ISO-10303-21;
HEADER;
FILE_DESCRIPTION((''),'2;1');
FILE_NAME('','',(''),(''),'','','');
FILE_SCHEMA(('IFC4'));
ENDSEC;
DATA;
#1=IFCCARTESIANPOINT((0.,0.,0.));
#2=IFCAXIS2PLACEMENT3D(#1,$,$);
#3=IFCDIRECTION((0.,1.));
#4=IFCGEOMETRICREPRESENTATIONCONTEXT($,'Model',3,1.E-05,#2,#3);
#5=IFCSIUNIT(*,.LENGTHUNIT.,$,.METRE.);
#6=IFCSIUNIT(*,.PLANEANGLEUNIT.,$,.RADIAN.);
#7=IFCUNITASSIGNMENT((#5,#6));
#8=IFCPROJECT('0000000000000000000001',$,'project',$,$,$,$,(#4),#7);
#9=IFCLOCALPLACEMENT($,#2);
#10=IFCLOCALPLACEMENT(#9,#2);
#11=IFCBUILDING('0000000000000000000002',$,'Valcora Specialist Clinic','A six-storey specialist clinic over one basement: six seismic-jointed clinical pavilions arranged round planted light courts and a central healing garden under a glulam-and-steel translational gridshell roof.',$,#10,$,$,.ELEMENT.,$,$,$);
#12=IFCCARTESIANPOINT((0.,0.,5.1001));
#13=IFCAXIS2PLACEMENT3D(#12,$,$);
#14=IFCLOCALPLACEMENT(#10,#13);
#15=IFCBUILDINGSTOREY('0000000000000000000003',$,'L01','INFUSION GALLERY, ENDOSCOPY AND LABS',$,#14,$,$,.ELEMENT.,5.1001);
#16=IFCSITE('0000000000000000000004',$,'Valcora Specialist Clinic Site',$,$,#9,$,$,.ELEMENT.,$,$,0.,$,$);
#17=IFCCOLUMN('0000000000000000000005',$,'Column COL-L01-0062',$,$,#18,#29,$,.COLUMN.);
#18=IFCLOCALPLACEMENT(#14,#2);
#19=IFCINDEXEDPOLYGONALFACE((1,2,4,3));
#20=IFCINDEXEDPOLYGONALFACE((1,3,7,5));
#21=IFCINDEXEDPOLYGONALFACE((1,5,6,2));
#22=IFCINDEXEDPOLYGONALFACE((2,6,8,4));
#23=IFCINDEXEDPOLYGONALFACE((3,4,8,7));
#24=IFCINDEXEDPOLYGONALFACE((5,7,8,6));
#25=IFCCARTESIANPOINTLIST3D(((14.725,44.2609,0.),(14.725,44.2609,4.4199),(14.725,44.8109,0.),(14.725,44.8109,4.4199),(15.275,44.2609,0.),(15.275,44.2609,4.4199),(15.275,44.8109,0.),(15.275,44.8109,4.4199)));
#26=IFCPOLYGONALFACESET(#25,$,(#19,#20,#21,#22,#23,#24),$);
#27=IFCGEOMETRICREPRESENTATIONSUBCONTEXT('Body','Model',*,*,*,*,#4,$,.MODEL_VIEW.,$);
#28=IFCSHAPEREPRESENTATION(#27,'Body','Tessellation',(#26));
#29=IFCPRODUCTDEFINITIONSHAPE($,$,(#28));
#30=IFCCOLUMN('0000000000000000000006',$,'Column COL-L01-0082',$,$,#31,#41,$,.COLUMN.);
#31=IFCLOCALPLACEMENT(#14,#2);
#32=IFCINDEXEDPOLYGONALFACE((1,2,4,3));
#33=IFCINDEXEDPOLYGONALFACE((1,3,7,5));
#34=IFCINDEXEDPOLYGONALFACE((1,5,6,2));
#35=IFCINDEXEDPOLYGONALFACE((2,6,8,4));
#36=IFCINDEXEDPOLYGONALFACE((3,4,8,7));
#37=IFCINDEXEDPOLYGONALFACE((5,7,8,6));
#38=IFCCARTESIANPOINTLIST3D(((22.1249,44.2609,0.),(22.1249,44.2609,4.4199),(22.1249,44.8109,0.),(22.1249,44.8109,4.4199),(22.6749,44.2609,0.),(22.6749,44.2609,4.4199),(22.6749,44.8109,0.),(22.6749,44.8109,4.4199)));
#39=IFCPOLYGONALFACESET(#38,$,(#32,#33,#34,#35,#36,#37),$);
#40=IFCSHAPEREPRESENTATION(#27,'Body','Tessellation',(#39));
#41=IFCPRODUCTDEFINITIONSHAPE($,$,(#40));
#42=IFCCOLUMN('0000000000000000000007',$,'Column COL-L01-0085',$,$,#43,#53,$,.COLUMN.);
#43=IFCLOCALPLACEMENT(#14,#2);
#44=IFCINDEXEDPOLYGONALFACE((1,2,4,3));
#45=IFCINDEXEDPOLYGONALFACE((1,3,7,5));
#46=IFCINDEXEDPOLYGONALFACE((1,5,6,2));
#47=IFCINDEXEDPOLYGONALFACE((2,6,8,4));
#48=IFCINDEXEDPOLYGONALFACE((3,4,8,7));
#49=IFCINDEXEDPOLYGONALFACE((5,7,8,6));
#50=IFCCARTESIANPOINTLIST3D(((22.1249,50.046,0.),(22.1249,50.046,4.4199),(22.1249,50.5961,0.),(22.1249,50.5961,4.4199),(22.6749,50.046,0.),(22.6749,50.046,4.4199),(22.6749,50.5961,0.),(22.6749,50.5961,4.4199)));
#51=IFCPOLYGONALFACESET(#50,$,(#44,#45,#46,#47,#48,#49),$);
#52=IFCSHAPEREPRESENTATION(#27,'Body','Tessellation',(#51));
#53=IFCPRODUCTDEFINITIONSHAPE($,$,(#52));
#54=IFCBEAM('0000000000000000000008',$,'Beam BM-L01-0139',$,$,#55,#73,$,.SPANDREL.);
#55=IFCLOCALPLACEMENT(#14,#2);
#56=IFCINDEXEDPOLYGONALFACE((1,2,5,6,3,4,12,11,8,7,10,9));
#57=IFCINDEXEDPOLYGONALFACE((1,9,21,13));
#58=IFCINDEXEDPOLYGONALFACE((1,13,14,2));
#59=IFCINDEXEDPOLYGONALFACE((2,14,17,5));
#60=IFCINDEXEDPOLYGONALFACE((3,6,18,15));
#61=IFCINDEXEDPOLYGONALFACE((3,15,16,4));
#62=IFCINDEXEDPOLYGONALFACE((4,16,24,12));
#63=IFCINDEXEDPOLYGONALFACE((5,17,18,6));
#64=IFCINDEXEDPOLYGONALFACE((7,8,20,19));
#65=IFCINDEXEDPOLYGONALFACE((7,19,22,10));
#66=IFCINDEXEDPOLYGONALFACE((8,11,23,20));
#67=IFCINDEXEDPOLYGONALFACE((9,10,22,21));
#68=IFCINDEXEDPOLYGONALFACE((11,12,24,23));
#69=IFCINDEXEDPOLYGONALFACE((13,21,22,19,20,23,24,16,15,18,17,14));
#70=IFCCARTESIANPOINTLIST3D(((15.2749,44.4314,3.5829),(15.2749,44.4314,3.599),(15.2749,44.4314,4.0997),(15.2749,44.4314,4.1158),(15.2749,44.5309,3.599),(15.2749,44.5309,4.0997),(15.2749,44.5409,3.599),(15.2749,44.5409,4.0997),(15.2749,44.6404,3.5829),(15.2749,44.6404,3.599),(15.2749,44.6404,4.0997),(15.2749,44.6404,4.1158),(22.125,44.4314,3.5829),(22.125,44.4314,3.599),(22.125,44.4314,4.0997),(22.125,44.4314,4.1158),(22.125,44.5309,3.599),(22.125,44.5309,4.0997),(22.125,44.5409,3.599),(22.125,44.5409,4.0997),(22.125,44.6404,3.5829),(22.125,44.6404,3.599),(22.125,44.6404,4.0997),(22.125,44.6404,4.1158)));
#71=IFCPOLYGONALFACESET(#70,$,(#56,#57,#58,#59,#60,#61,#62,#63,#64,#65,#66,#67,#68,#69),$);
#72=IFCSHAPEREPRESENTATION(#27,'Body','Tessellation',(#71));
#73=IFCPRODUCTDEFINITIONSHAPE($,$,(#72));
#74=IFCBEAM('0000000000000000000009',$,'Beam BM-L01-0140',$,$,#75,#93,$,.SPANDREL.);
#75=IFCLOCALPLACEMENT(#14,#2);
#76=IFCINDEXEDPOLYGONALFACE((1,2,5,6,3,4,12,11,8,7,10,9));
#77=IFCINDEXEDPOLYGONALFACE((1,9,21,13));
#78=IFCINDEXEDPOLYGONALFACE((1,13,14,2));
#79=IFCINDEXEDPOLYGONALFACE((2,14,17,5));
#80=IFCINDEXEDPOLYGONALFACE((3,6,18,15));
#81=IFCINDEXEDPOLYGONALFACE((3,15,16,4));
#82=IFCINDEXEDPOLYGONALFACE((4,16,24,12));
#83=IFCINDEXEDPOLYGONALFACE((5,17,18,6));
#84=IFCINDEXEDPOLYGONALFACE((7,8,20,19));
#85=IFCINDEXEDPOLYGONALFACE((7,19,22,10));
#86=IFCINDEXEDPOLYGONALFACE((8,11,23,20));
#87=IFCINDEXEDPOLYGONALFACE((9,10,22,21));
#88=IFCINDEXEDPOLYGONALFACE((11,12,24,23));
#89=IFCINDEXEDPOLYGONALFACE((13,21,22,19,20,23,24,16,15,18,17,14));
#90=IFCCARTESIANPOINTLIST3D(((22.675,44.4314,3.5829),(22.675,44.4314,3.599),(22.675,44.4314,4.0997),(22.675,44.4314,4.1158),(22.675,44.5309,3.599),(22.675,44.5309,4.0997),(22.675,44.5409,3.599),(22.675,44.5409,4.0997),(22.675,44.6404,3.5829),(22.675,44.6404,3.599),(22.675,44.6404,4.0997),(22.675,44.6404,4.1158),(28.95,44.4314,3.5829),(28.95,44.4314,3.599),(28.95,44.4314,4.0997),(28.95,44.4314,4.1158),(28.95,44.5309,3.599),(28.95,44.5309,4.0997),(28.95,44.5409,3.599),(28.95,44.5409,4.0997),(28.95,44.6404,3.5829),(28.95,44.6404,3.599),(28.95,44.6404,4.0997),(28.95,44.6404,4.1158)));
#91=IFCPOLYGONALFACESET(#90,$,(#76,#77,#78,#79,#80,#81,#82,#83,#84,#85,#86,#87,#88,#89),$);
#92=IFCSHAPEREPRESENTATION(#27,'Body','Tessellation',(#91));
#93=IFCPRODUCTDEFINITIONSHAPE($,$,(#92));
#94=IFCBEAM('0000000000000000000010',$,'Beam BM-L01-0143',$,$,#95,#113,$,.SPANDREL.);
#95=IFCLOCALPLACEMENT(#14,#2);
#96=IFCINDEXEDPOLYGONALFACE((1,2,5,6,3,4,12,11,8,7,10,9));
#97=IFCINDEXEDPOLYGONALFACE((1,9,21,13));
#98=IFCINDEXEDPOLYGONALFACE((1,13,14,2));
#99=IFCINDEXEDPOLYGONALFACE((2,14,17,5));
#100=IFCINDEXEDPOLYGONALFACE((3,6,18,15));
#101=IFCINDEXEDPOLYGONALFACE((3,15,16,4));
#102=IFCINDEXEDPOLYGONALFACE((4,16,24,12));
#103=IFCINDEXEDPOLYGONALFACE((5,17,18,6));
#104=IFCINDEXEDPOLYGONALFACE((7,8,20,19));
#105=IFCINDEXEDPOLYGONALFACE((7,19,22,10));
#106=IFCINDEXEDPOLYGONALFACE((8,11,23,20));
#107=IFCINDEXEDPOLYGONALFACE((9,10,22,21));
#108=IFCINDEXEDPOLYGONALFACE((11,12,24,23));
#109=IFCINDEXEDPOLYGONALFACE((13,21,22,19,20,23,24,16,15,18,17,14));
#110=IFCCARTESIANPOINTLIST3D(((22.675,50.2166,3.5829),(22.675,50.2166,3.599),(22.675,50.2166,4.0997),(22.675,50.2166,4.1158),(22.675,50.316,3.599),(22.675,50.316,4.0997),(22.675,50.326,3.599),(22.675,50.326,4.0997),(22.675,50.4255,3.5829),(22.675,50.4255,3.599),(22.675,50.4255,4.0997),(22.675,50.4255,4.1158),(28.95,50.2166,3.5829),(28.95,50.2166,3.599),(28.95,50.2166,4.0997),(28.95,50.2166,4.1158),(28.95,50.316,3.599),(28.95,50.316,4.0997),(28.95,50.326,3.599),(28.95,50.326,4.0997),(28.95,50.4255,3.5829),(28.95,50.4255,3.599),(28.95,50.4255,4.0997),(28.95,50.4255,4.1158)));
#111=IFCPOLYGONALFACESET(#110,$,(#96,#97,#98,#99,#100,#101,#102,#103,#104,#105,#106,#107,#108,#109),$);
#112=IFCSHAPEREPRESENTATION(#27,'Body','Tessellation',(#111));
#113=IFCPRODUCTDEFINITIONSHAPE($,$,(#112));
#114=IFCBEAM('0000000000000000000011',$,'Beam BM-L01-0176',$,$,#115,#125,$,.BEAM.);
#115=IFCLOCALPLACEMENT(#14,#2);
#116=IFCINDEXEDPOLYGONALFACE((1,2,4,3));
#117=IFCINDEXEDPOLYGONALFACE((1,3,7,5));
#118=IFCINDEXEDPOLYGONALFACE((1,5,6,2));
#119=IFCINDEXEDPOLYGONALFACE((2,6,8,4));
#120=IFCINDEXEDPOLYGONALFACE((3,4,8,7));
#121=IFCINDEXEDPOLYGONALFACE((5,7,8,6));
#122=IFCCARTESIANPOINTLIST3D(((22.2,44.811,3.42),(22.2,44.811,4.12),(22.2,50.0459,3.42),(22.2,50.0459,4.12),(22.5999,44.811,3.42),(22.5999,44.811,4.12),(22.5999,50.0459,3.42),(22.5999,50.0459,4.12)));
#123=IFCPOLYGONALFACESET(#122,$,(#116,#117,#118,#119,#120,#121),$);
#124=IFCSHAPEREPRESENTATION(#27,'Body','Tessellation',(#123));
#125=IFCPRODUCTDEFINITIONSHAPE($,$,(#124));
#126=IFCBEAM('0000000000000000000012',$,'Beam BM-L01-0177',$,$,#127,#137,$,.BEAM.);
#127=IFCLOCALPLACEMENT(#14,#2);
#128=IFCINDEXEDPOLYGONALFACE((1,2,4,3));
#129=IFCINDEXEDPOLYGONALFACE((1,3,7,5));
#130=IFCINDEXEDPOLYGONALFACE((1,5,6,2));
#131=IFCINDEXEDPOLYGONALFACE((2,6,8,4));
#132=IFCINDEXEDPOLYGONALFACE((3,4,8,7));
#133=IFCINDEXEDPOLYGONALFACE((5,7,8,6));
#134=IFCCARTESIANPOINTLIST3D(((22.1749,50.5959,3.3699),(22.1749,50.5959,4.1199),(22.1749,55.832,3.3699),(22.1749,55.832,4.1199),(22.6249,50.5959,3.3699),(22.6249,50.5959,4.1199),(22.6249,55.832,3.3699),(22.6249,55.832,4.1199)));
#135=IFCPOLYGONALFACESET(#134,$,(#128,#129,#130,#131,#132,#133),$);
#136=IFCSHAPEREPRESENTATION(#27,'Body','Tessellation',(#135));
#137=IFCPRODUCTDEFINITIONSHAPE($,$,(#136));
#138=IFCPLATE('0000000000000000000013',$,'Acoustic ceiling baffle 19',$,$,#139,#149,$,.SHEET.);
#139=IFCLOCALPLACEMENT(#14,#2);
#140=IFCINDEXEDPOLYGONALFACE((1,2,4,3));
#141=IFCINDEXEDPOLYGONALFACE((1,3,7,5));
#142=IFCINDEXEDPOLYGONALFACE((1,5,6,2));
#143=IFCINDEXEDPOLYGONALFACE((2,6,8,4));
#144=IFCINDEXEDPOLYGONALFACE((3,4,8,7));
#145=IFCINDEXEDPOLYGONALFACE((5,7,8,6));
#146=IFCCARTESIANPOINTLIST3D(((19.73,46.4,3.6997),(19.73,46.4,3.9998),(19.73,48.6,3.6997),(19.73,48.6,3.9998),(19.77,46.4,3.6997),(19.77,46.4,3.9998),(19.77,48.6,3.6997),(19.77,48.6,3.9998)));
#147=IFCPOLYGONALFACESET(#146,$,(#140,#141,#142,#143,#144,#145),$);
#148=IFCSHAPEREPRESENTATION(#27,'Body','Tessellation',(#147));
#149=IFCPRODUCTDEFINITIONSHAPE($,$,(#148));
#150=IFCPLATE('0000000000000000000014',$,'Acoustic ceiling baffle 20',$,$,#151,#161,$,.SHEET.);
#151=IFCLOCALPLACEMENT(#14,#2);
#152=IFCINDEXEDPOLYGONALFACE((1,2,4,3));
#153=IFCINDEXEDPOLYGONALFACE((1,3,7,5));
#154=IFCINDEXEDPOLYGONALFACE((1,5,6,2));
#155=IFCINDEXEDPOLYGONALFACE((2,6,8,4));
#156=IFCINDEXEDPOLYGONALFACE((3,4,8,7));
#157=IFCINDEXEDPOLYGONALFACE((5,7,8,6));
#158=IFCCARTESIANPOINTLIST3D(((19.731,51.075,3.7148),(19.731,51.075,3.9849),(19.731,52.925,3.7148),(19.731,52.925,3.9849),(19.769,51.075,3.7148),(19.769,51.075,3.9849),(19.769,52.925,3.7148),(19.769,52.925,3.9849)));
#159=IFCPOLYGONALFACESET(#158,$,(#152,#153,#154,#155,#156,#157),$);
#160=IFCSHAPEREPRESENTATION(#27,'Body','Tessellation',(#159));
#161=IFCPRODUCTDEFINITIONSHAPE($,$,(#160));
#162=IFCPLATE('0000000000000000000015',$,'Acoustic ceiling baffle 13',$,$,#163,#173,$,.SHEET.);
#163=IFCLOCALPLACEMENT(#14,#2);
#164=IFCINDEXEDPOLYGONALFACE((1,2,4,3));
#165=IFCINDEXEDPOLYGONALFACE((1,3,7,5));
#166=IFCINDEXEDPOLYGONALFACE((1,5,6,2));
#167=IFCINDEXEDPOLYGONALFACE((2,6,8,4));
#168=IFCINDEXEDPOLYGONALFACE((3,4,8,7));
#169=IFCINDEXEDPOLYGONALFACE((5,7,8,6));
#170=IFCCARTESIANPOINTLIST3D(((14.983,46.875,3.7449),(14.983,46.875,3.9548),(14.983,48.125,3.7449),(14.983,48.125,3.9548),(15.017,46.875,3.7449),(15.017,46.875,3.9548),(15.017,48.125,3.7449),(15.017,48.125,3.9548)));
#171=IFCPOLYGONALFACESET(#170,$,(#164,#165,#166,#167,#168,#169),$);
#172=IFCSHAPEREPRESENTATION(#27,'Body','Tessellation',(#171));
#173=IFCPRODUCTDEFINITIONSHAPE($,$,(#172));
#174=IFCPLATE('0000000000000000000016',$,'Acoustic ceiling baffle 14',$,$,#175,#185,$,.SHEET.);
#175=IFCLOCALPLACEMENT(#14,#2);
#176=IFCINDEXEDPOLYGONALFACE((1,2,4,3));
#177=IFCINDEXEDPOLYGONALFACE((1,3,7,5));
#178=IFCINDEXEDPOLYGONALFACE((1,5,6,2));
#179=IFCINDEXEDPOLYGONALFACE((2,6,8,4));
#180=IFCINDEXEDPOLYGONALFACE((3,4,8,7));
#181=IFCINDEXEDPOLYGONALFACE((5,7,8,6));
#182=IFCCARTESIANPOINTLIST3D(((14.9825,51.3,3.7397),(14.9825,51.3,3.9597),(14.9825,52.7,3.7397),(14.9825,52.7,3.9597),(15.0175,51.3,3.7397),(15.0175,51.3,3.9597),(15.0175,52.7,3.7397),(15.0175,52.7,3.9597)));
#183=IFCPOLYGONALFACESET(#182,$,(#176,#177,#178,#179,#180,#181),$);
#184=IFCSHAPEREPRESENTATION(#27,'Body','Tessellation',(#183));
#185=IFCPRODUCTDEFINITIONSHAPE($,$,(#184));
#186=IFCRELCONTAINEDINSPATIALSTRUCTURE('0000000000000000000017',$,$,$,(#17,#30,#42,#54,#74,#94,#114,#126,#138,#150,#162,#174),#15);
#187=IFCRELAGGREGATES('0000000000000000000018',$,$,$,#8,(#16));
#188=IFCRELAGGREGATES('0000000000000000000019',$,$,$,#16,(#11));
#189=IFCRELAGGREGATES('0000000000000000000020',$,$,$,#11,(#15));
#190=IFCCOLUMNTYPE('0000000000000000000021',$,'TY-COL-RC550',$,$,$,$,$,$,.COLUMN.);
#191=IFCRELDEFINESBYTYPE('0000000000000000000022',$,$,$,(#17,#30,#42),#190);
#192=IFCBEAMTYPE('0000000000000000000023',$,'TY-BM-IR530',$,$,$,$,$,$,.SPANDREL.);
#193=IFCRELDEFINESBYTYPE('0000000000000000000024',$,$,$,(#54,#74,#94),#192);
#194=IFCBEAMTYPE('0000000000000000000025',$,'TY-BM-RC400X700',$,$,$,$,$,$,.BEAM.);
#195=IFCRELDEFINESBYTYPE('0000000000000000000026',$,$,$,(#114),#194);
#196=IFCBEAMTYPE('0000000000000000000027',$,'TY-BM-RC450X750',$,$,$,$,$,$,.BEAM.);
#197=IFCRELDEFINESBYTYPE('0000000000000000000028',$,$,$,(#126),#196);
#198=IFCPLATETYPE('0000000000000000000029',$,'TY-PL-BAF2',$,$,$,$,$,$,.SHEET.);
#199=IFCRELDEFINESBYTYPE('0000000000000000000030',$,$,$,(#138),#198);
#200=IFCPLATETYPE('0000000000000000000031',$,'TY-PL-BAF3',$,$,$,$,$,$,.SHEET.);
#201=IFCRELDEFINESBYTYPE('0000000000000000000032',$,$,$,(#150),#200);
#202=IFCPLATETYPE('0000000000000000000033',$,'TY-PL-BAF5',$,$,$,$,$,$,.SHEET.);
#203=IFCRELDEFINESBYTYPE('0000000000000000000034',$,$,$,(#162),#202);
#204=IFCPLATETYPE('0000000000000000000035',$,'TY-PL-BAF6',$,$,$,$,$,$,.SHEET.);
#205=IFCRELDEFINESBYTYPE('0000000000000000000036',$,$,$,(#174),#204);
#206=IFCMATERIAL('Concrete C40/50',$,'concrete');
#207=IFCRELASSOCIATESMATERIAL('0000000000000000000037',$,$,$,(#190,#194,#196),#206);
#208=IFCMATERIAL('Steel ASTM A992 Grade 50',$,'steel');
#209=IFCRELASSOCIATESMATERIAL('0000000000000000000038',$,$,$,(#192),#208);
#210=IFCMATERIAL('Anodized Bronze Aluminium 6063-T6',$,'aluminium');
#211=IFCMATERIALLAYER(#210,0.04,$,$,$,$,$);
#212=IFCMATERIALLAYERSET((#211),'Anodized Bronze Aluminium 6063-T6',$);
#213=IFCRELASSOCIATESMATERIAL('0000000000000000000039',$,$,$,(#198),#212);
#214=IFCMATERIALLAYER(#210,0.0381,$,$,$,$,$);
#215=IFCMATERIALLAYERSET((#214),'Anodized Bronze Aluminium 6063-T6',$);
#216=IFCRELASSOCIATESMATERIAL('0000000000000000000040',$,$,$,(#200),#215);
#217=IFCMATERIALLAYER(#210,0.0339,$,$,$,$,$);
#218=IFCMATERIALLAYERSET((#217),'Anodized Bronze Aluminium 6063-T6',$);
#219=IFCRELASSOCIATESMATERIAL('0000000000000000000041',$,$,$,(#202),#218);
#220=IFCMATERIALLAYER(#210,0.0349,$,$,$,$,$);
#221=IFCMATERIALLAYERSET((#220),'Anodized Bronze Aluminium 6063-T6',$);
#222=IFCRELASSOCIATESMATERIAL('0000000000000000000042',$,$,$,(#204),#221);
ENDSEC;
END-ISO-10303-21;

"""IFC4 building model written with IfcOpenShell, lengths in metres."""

from ifc_helpers import new_model, si_unit, direction, frame, origin, origin_2d, place, context, subcontext, project, spatial, rectangle, i_section, extrude, material, layer, layer_set, material_profile, profile_set, type_object, element, save


model = new_model("IFC4")

# Units and contexts
model_context = context("Model", 3, precision=1e-05, world=origin(), true_north=direction((0.0, 1.0)))
body_context = subcontext(model_context, "Body", "Model", "MODEL_VIEW")
ifc_project = project(units=[si_unit("LENGTHUNIT", "METRE"), si_unit("PLANEANGLEUNIT", "RADIAN")], contexts=[model_context])

# Site, building, storey
site_placement = place(None, origin())
site = spatial("IfcSite", under=ifc_project, at=site_placement, Name="Valcora Specialist Clinic Site", CompositionType="ELEMENT", RefElevation=0.0)
building_placement = place(site_placement, origin())
building = spatial("IfcBuilding", under=site, at=building_placement, Name="Valcora Specialist Clinic", Description="A six-storey specialist clinic over one basement: six seismic-jointed clinical pavilions arranged round planted light courts and a central healing garden under a glulam-and-steel translational gridshell roof.", CompositionType="ELEMENT")
storey_placement = place(building_placement, frame((0.0, 0.0, 5.1001)))
storey = spatial("IfcBuildingStorey", under=building, at=storey_placement, Name="L01", Description="INFUSION GALLERY, ENDOSCOPY AND LABS", CompositionType="ELEMENT", Elevation=5.1001)

# Columns
ifc_material_1 = material(Name="Concrete C40/50", Category="concrete")
ifc_material_profile_1 = material_profile(ifc_material_1, rectangle(XDim=0.55, YDim=0.55, at=origin_2d()), Name="RC-COL-550X550")
ifc_profile_set_1 = profile_set([ifc_material_profile_1], Name="Concrete C40/50")
column_type = type_object("IfcColumnType", Name="TY-COL-RC550", PredefinedType="COLUMN", material=ifc_profile_set_1)
for number, where, z_axis, x_axis, name in (
    (1, (15.0, 44.5359, 0.0), (0.0, 0.0, 1.0), (1.0, 0.0, 0.0), "Column COL-L01-0062"),
    (2, (22.3999, 44.5359, 0.0), (0.0, 0.0, 1.0), (1.0, 0.0, 0.0), "Column COL-L01-0082"),
    (3, (22.3999, 50.321, 0.0), (0.0, 0.0, 1.0), (1.0, 0.0, 0.0), "Column COL-L01-0085"),
):
    element("IfcColumn", number, at=place(storey_placement, frame(where, z_axis=z_axis, x_axis=x_axis)), inside=storey, type_object=column_type, Name=name, PredefinedType="COLUMN", context=body_context, shape_type="SweptSolid", body=[
        extrude(rectangle(XDim=0.55, YDim=0.55, at=origin_2d()), origin(), (0.0, 0.0, 1.0), 4.4199),
    ])

# Beams
ifc_material_2 = material(Name="Steel ASTM A992 Grade 50", Category="steel")
ifc_material_profile_2 = material_profile(ifc_material_2, i_section(OverallWidth=0.209, OverallDepth=0.533, WebThickness=0.01, FlangeThickness=0.0161, at=origin_2d()), Name="ST-IR-530X210")
ifc_profile_set_2 = profile_set([ifc_material_profile_2], Name="Steel ASTM A992 Grade 50")
beam_type_1 = type_object("IfcBeamType", Name="TY-BM-IR530", PredefinedType="SPANDREL", material=ifc_profile_set_2)
beam_1_placement = place(storey_placement, frame((15.2749, 44.5359, 3.8494), z_axis=(1.0, 0.0, 0.0), x_axis=(0.0, 1.0, 0.0)))
element("IfcBeam", 4, at=beam_1_placement, inside=storey, type_object=beam_type_1, Name="Beam BM-L01-0139", PredefinedType="SPANDREL", context=body_context, shape_type="SweptSolid", body=[
    extrude(i_section(OverallWidth=0.209, OverallDepth=0.533, WebThickness=0.01, FlangeThickness=0.0161, at=origin_2d()), origin(), (0.0, 0.0, 1.0), 6.8501),
])
for number, where, z_axis, x_axis, name in (
    (5, (22.675, 44.5359, 3.8494), (1.0, 0.0, 0.0), (0.0, 1.0, 0.0), "Beam BM-L01-0140"),
    (6, (22.675, 50.321, 3.8494), (1.0, 0.0, 0.0), (0.0, 1.0, 0.0), "Beam BM-L01-0143"),
):
    element("IfcBeam", number, at=place(storey_placement, frame(where, z_axis=z_axis, x_axis=x_axis)), inside=storey, type_object=beam_type_1, Name=name, PredefinedType="SPANDREL", context=body_context, shape_type="SweptSolid", body=[
        extrude(i_section(OverallWidth=0.209, OverallDepth=0.533, WebThickness=0.01, FlangeThickness=0.0161, at=origin_2d()), origin(), (0.0, 0.0, 1.0), 6.2749),
    ])
ifc_material_profile_3 = material_profile(ifc_material_1, rectangle(XDim=0.3999, YDim=0.7, at=origin_2d()), Name="RC-BM-400X700")
ifc_profile_set_3 = profile_set([ifc_material_profile_3], Name="Concrete C40/50")
beam_type_2 = type_object("IfcBeamType", Name="TY-BM-RC400X700", PredefinedType="BEAM", material=ifc_profile_set_3)
beam_2_placement = place(storey_placement, frame((22.3999, 44.811, 3.77), z_axis=(0.0, 1.0, 0.0), x_axis=(-1.0, 0.0, 0.0)))
element("IfcBeam", 7, at=beam_2_placement, inside=storey, type_object=beam_type_2, Name="Beam BM-L01-0176", PredefinedType="BEAM", context=body_context, shape_type="SweptSolid", body=[
    extrude(rectangle(XDim=0.3999, YDim=0.7, at=origin_2d()), origin(), (0.0, 0.0, 1.0), 5.2349),
])
ifc_material_profile_4 = material_profile(ifc_material_1, rectangle(XDim=0.45, YDim=0.75, at=origin_2d()), Name="RC-BM-450X750")
ifc_profile_set_4 = profile_set([ifc_material_profile_4], Name="Concrete C40/50")
beam_type_3 = type_object("IfcBeamType", Name="TY-BM-RC450X750", PredefinedType="BEAM", material=ifc_profile_set_4)
beam_3_placement = place(storey_placement, frame((22.3999, 50.5959, 3.7449), z_axis=(0.0, 1.0, 0.0), x_axis=(-1.0, 0.0, 0.0)))
element("IfcBeam", 8, at=beam_3_placement, inside=storey, type_object=beam_type_3, Name="Beam BM-L01-0177", PredefinedType="BEAM", context=body_context, shape_type="SweptSolid", body=[
    extrude(rectangle(XDim=0.45, YDim=0.75, at=origin_2d()), origin(), (0.0, 0.0, 1.0), 5.2361),
])

# Plates
ifc_material_3 = material(Name="Anodized Bronze Aluminium 6063-T6", Category="aluminium")
ifc_layer_1 = layer(ifc_material_3, 0.04)
ifc_layer_set_1 = layer_set([ifc_layer_1], Name="Anodized Bronze Aluminium 6063-T6")
plate_type_1 = type_object("IfcPlateType", Name="TY-PL-BAF2", PredefinedType="SHEET", material=ifc_layer_set_1)
plate_1_placement = place(storey_placement, frame((19.75, 47.5, 3.6997), z_axis=(0.0, 0.0, 1.0), x_axis=(0.0, 1.0, 0.0)))
element("IfcPlate", 9, at=plate_1_placement, inside=storey, type_object=plate_type_1, Name="Acoustic ceiling baffle 19", PredefinedType="SHEET", context=body_context, shape_type="SweptSolid", body=[
    extrude(rectangle(XDim=2.2, YDim=0.04, at=origin_2d()), origin(), (0.0, 0.0, 1.0), 0.3),
])
ifc_layer_2 = layer(ifc_material_3, 0.0381)
ifc_layer_set_2 = layer_set([ifc_layer_2], Name="Anodized Bronze Aluminium 6063-T6")
plate_type_2 = type_object("IfcPlateType", Name="TY-PL-BAF3", PredefinedType="SHEET", material=ifc_layer_set_2)
plate_2_placement = place(storey_placement, frame((19.75, 52.0, 3.7148), z_axis=(0.0, 0.0, 1.0), x_axis=(0.0, 1.0, 0.0)))
element("IfcPlate", 10, at=plate_2_placement, inside=storey, type_object=plate_type_2, Name="Acoustic ceiling baffle 20", PredefinedType="SHEET", context=body_context, shape_type="SweptSolid", body=[
    extrude(rectangle(XDim=1.8501, YDim=0.0381, at=origin_2d()), origin(), (0.0, 0.0, 1.0), 0.27),
])
ifc_layer_3 = layer(ifc_material_3, 0.0339)
ifc_layer_set_3 = layer_set([ifc_layer_3], Name="Anodized Bronze Aluminium 6063-T6")
plate_type_3 = type_object("IfcPlateType", Name="TY-PL-BAF5", PredefinedType="SHEET", material=ifc_layer_set_3)
plate_3_placement = place(storey_placement, frame((15.0, 47.5, 3.7449), z_axis=(0.0, 0.0, 1.0), x_axis=(0.0, 1.0, 0.0)))
element("IfcPlate", 11, at=plate_3_placement, inside=storey, type_object=plate_type_3, Name="Acoustic ceiling baffle 13", PredefinedType="SHEET", context=body_context, shape_type="SweptSolid", body=[
    extrude(rectangle(XDim=1.25, YDim=0.0339, at=origin_2d()), origin(), (0.0, 0.0, 1.0), 0.21),
])
ifc_layer_4 = layer(ifc_material_3, 0.0349)
ifc_layer_set_4 = layer_set([ifc_layer_4], Name="Anodized Bronze Aluminium 6063-T6")
plate_type_4 = type_object("IfcPlateType", Name="TY-PL-BAF6", PredefinedType="SHEET", material=ifc_layer_set_4)
plate_4_placement = place(storey_placement, frame((15.0, 52.0, 3.7397), z_axis=(0.0, 0.0, 1.0), x_axis=(0.0, 1.0, 0.0)))
element("IfcPlate", 12, at=plate_4_placement, inside=storey, type_object=plate_type_4, Name="Acoustic ceiling baffle 14", PredefinedType="SHEET", context=body_context, shape_type="SweptSolid", body=[
    extrude(rectangle(XDim=1.3999, YDim=0.0349, at=origin_2d()), origin(), (0.0, 0.0, 1.0), 0.22),
])

save(model, "model.ifc")
